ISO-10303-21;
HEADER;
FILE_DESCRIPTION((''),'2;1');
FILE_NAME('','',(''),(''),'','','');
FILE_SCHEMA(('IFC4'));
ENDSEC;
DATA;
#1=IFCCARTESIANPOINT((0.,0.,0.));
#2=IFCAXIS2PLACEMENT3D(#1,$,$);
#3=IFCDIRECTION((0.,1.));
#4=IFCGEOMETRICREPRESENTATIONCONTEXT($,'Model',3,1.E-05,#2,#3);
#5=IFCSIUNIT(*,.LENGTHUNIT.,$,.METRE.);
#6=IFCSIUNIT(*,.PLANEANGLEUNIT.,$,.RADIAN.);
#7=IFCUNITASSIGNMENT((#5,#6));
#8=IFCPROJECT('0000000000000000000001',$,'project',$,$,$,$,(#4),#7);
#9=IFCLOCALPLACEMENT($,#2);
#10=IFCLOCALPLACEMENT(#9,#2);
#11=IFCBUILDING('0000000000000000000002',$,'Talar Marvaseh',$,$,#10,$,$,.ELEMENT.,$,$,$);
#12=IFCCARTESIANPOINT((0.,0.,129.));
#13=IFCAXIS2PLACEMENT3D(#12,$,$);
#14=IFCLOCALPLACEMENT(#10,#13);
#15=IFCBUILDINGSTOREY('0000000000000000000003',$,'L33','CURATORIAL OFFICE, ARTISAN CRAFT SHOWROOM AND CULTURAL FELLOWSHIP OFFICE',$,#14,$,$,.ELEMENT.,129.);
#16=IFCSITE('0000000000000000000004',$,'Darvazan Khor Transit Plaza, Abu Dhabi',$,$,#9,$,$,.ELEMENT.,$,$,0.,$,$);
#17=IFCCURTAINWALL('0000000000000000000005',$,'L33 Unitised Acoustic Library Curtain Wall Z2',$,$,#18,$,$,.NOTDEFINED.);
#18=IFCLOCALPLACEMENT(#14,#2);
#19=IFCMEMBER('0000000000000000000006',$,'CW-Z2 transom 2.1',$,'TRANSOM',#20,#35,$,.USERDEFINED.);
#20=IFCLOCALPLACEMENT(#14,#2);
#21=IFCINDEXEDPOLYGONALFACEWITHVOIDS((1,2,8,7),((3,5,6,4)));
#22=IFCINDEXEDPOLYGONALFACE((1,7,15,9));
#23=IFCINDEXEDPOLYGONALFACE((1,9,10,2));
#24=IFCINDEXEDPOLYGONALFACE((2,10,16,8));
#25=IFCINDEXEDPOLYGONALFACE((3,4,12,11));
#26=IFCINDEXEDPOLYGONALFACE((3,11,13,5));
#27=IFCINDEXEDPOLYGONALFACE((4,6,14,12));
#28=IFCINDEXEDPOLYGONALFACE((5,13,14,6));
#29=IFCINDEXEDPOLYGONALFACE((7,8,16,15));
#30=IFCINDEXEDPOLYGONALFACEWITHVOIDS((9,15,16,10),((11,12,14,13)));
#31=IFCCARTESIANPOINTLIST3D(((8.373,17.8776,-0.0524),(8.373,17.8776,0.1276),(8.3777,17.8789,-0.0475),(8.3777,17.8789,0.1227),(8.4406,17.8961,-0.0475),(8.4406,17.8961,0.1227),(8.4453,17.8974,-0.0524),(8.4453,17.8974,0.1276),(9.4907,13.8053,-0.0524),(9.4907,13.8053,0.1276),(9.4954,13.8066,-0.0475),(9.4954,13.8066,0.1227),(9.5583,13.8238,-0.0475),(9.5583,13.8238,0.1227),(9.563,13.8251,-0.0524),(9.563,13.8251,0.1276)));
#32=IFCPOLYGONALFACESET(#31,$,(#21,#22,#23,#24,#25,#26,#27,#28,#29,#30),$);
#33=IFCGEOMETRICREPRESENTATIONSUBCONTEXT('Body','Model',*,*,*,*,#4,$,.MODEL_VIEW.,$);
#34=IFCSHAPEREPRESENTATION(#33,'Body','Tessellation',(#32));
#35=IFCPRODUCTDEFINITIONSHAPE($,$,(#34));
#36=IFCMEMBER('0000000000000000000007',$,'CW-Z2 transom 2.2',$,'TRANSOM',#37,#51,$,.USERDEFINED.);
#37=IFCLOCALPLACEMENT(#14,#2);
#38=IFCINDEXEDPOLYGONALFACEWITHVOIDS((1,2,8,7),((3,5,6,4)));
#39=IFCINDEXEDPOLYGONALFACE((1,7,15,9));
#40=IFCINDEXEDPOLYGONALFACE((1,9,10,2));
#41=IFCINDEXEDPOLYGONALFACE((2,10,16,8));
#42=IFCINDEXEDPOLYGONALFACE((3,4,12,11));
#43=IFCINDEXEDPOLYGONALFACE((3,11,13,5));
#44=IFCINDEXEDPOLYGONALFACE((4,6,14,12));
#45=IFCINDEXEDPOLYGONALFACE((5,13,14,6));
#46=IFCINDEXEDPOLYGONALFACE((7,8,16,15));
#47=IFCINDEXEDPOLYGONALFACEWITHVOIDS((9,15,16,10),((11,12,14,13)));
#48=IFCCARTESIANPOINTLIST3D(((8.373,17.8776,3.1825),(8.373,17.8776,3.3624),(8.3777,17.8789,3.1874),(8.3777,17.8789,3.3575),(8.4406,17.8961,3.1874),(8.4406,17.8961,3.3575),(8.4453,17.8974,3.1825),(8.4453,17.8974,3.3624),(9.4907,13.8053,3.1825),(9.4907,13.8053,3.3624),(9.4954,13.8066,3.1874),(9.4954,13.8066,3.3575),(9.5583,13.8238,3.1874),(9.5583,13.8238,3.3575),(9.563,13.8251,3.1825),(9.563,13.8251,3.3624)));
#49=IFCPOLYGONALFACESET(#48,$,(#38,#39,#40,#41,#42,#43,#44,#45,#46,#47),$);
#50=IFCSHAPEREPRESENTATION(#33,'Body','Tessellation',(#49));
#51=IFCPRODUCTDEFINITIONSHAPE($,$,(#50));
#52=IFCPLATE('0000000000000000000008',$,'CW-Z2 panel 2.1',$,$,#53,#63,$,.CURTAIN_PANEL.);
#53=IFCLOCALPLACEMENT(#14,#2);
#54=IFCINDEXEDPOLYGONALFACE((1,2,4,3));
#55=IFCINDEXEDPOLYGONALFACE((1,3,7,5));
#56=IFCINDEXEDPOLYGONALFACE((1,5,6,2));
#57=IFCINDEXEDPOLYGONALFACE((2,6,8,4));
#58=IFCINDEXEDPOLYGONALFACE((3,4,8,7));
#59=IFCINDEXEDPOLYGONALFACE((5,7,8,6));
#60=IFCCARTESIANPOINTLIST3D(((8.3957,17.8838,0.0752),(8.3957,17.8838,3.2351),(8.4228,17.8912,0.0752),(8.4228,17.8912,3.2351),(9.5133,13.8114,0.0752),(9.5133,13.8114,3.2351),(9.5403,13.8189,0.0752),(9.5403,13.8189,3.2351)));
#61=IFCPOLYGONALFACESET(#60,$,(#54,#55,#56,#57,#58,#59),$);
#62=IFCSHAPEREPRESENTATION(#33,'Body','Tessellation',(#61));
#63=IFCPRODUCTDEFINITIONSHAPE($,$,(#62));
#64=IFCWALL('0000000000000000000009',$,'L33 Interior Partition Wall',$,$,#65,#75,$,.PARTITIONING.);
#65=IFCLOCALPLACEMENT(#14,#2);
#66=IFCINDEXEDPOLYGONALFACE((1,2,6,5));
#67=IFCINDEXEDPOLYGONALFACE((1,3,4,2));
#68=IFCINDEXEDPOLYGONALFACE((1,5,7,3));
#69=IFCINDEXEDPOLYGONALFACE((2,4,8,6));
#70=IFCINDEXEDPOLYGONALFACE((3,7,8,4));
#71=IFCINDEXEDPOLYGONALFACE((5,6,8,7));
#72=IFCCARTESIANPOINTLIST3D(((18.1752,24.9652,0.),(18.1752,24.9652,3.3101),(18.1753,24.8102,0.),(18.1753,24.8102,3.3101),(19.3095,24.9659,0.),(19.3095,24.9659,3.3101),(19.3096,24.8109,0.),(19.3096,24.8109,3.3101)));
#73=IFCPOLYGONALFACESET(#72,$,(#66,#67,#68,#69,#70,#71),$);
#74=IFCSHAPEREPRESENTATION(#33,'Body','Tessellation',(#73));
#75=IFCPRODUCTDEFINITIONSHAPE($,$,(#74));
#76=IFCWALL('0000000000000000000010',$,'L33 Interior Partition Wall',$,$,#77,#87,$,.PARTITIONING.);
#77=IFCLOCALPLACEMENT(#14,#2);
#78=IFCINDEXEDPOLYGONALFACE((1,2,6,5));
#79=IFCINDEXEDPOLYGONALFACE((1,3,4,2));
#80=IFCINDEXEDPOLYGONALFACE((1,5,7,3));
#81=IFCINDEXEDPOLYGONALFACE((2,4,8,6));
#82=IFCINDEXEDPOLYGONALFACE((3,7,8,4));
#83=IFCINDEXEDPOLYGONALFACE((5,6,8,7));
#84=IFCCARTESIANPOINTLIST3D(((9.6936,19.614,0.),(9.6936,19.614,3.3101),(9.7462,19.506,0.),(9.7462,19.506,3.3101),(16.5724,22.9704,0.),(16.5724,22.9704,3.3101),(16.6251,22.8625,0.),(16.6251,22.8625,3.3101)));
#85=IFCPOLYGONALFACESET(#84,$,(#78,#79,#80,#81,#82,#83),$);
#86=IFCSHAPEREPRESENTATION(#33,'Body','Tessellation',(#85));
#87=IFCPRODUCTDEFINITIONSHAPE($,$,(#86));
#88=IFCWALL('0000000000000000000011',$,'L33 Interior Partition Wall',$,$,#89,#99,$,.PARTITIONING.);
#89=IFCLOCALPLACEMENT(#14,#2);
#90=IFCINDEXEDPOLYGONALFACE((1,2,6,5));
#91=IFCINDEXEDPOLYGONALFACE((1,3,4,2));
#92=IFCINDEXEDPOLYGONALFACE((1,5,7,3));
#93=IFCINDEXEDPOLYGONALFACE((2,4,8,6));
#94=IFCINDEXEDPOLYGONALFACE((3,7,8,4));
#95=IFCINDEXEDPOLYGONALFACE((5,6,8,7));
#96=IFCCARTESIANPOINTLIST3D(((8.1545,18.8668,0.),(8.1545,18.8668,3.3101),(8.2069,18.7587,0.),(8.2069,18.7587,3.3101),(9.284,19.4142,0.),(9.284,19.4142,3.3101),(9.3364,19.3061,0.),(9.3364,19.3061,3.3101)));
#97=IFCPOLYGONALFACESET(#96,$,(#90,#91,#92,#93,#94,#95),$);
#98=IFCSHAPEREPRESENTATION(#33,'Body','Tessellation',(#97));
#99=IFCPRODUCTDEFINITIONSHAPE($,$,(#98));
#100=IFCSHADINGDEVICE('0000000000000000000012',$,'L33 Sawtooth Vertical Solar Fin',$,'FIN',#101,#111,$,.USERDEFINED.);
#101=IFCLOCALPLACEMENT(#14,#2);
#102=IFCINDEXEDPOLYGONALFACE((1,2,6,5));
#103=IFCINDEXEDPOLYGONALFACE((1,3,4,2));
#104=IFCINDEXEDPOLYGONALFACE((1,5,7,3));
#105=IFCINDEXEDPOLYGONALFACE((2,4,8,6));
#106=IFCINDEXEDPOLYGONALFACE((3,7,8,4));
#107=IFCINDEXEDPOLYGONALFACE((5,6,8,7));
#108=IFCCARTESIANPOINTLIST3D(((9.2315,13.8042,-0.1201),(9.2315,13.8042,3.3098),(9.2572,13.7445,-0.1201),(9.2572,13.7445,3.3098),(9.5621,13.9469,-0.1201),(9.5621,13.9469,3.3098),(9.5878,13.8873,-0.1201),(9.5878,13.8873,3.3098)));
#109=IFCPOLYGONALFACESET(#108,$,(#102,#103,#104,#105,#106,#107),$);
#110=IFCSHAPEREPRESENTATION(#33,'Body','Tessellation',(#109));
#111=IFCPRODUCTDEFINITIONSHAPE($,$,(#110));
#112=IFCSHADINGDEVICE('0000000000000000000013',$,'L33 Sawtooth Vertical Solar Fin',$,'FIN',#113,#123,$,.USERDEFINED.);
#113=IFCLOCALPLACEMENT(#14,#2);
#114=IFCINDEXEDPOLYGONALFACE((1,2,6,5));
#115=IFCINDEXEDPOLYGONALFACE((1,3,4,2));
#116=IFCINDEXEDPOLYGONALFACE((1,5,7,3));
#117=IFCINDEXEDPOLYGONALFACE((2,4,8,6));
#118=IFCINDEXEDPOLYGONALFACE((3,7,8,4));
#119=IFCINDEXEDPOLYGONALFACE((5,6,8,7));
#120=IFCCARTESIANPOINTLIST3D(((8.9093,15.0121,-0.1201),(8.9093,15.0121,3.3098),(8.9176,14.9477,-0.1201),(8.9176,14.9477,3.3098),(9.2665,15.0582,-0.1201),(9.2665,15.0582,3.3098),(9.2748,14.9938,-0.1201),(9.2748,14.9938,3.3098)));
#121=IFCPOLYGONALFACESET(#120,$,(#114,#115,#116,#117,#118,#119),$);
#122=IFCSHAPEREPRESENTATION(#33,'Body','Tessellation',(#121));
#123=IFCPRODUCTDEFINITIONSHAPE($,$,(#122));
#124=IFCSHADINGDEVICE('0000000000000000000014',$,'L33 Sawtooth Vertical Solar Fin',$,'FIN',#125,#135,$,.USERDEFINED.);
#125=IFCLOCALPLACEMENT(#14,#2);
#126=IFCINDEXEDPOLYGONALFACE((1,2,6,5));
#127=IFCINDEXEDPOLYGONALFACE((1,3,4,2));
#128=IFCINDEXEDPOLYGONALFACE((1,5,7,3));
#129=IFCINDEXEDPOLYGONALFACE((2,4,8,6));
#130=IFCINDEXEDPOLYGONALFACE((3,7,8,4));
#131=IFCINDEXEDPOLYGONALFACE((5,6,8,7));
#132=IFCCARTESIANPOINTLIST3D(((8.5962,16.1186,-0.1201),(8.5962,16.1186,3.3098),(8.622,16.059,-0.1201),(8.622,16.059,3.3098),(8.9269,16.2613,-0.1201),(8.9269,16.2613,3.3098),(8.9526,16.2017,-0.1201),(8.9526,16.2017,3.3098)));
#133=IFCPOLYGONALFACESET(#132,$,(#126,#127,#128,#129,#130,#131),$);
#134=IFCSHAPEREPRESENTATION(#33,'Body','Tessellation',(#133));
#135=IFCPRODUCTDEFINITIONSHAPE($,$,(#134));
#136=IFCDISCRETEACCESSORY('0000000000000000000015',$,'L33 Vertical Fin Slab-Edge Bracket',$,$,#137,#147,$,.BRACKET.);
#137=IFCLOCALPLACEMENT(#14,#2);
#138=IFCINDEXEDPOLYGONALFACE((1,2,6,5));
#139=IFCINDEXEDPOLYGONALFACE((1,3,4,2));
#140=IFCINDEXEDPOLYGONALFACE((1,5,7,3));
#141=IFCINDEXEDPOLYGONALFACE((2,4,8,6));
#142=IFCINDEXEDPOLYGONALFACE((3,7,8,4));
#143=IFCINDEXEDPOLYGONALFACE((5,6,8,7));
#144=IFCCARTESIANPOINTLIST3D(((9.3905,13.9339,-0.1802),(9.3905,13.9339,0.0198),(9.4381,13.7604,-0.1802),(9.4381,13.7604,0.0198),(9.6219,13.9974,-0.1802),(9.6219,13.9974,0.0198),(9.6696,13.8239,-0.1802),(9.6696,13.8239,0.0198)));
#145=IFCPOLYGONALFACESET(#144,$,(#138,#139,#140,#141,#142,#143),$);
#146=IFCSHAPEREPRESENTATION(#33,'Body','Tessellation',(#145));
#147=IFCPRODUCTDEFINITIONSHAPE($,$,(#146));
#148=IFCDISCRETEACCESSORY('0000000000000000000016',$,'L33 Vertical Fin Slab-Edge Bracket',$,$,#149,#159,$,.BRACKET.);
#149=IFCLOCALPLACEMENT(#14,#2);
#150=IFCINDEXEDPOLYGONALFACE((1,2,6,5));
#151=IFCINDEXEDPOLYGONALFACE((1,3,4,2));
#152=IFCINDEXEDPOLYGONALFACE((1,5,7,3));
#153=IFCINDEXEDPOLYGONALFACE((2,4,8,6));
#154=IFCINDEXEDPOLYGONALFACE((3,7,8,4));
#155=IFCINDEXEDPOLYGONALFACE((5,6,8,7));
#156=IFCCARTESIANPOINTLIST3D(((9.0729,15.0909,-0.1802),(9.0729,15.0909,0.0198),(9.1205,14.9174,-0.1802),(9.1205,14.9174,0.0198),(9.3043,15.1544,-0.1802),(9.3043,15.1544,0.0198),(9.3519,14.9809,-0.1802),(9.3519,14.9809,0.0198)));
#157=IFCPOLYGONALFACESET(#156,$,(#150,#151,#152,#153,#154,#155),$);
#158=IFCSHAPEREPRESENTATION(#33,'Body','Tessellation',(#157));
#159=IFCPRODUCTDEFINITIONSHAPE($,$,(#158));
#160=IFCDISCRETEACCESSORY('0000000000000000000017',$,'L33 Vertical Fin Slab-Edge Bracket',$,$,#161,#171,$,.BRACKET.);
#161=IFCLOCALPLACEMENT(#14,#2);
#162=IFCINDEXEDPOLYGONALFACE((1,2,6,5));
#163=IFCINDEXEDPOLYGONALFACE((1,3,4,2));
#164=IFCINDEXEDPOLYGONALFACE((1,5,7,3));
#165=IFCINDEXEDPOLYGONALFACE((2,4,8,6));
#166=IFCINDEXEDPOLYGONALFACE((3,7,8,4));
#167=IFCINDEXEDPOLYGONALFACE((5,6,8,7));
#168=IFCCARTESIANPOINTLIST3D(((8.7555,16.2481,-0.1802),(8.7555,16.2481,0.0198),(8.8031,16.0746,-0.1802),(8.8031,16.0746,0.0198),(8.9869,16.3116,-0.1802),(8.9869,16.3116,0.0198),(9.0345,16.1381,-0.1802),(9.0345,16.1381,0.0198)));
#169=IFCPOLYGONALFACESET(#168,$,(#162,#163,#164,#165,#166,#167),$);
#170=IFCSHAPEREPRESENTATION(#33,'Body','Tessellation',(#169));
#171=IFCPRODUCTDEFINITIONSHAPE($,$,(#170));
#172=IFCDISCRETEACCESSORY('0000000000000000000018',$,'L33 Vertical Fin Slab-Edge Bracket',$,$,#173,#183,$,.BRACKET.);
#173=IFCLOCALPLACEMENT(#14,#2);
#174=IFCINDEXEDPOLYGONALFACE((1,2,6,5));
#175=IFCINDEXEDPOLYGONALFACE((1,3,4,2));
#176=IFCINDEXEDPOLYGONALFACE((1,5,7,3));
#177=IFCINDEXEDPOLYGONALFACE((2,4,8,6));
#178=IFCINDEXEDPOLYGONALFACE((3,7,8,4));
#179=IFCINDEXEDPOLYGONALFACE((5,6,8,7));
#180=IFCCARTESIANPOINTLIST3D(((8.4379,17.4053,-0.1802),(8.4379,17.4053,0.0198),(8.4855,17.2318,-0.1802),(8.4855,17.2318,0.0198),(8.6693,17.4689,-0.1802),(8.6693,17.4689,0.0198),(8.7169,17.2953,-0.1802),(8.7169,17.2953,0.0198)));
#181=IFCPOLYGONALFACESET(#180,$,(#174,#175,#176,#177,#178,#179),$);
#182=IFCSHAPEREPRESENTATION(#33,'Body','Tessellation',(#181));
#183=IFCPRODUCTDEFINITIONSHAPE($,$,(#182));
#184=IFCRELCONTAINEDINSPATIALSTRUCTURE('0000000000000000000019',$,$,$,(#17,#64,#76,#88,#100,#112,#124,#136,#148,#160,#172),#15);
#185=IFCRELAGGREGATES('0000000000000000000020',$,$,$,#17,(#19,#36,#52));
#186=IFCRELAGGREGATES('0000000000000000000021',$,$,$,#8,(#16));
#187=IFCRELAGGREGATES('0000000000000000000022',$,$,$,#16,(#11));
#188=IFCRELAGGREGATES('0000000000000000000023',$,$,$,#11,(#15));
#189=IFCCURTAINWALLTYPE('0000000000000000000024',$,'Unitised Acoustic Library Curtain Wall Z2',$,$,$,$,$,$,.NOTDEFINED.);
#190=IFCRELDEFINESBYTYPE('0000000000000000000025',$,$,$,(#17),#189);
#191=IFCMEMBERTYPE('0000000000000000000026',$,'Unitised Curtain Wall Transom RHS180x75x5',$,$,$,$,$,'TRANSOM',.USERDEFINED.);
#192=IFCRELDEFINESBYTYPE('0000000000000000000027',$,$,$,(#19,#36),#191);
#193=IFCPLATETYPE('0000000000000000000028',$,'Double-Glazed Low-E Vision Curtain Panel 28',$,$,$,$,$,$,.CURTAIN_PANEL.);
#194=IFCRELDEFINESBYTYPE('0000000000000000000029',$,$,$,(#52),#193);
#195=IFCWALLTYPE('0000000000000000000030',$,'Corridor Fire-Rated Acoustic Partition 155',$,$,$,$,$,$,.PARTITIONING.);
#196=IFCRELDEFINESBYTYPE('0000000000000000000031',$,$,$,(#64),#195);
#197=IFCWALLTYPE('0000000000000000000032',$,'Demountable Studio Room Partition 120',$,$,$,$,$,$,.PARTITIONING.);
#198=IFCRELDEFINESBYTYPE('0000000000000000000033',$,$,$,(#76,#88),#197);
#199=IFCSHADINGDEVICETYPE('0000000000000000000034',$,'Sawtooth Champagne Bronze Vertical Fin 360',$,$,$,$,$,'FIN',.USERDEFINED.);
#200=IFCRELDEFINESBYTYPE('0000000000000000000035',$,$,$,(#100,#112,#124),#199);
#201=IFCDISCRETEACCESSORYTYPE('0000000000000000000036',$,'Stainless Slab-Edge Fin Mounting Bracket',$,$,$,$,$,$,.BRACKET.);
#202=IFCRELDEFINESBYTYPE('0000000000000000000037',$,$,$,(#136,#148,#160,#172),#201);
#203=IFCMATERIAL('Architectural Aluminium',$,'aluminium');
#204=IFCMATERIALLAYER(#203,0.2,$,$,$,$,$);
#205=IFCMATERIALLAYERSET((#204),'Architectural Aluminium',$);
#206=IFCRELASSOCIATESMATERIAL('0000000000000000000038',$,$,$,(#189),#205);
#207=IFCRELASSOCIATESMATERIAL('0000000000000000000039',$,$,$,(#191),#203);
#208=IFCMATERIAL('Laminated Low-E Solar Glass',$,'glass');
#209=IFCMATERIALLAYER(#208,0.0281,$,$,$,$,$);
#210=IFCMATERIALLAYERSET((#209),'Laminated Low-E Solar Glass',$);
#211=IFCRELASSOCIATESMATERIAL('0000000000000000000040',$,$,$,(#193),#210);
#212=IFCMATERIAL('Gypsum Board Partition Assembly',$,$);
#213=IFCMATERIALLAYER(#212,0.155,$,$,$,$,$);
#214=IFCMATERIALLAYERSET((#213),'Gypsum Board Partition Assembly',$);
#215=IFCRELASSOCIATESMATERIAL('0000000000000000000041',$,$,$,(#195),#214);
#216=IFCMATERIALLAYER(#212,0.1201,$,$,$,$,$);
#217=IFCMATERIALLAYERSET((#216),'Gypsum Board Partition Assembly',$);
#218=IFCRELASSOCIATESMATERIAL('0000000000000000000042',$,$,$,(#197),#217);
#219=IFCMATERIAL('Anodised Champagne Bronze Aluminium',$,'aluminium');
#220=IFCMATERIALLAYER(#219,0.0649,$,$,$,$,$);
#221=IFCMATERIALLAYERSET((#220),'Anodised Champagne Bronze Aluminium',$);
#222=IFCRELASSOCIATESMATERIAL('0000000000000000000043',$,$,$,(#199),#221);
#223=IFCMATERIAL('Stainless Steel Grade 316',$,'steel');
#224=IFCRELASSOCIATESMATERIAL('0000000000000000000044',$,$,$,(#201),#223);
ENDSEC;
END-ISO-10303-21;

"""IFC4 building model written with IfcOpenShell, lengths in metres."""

from ifc_helpers import new_model, si_unit, direction, frame, frame_2d, origin, origin_2d, place, context, subcontext, project, spatial, rectangle, hollow_rectangle, extrude, source, transform, mapped, material, layer, layer_set, material_profile, profile_set, type_object, type_shapes, element, aggregate, save


model = new_model("IFC4")

# Units and contexts
model_context = context("Model", 3, precision=1e-05, world=origin(), true_north=direction((0.0, 1.0)))
body_context = subcontext(model_context, "Body", "Model", "MODEL_VIEW")
ifc_project = project(units=[si_unit("LENGTHUNIT", "METRE"), si_unit("PLANEANGLEUNIT", "RADIAN")], contexts=[model_context])

# Site, building, storey
site_placement = place(None, origin())
site = spatial("IfcSite", under=ifc_project, at=site_placement, Name="Darvazan Khor Transit Plaza, Abu Dhabi", CompositionType="ELEMENT", RefElevation=0.0)
building_placement = place(site_placement, origin())
building = spatial("IfcBuilding", under=site, at=building_placement, Name="Talar Marvaseh", CompositionType="ELEMENT")
storey_placement = place(building_placement, frame((0.0, 0.0, 129.0)))
storey = spatial("IfcBuildingStorey", under=building, at=storey_placement, Name="L33", Description="CURATORIAL OFFICE, ARTISAN CRAFT SHOWROOM AND CULTURAL FELLOWSHIP OFFICE", CompositionType="ELEMENT", Elevation=129.0)

# Curtain wall, members, plate
ifc_material_1 = material(Name="Architectural Aluminium", Category="aluminium")
ifc_layer_1 = layer(ifc_material_1, 0.2)
ifc_layer_set_1 = layer_set([ifc_layer_1], Name="Architectural Aluminium")
curtain_wall_type = type_object("IfcCurtainWallType", Name="Unitised Acoustic Library Curtain Wall Z2", PredefinedType="NOTDEFINED", material=ifc_layer_set_1)
curtain_wall_placement = place(storey_placement, origin())
curtain_wall = element("IfcCurtainWall", 1, at=curtain_wall_placement, inside=storey, type_object=curtain_wall_type, Name="L33 Unitised Acoustic Library Curtain Wall Z2", PredefinedType="NOTDEFINED")
ifc_material_profile_1 = material_profile(ifc_material_1, hollow_rectangle(XDim=0.075, YDim=0.1799, WallThickness=0.0049, at=origin_2d()), Name="RHS180x75x5")
ifc_profile_set_1 = profile_set([ifc_material_profile_1], Name="Architectural Aluminium")
member_type_1 = type_object("IfcMemberType", Name="Unitised Curtain Wall Transom RHS180x75x5", ElementType="TRANSOM", PredefinedType="USERDEFINED", material=ifc_profile_set_1)
shared_shape_1 = source(origin(), body_context, "Body", "SweptSolid", [
    extrude(hollow_rectangle(XDim=0.075, YDim=0.1799, WallThickness=0.0049, at=origin_2d()), origin(), (0.0, 0.0, 1.0), 4.2229),
])
type_shapes(member_type_1, [shared_shape_1])
member_1_placement = place(storey_placement, frame((9.5269, 13.8152, 0.0376), z_axis=(-0.264673, 0.964338, 0.0), x_axis=(-0.964338, -0.264673, 0.0)))
member_1 = element("IfcMember", 2, at=member_1_placement, type_object=member_type_1, Name="CW-Z2 transom 2.1", ObjectType="TRANSOM", PredefinedType="USERDEFINED", context=body_context, shape_type="MappedRepresentation", body=[
    mapped(shared_shape_1, transform((0.0, 0.0, 0.0), x_axis=(1.0, 0.0, 0.0), y_axis=(0.0, 1.0, 0.0), z_axis=(0.0, 0.0, 1.0), scale=1.0)),
])
member_2_placement = place(storey_placement, frame((9.5269, 13.8152, 3.2725), z_axis=(-0.264673, 0.964338, 0.0), x_axis=(-0.964338, -0.264673, 0.0)))
member_2 = element("IfcMember", 3, at=member_2_placement, type_object=member_type_1, Name="CW-Z2 transom 2.2", ObjectType="TRANSOM", PredefinedType="USERDEFINED", context=body_context, shape_type="MappedRepresentation", body=[
    mapped(shared_shape_1, transform((0.0, 0.0, 0.0), x_axis=(1.0, 0.0, 0.0), y_axis=(0.0, 1.0, 0.0), z_axis=(0.0, 0.0, 1.0), scale=1.0)),
])
ifc_material_2 = material(Name="Laminated Low-E Solar Glass", Category="glass")
ifc_layer_2 = layer(ifc_material_2, 0.0281)
ifc_layer_set_2 = layer_set([ifc_layer_2], Name="Laminated Low-E Solar Glass")
plate_type = type_object("IfcPlateType", Name="Double-Glazed Low-E Vision Curtain Panel 28", PredefinedType="CURTAIN_PANEL", material=ifc_layer_set_2)
shared_shape_2 = source(origin(), body_context, "Body", "SweptSolid", [
    extrude(rectangle(XDim=4.2229, YDim=0.0281, at=origin_2d()), origin(), (0.0, 0.0, 1.0), 3.1599),
])
type_shapes(plate_type, [shared_shape_2])
plate_placement = place(storey_placement, frame((8.968, 15.8513, 0.0752), z_axis=(0.0, 0.0, 1.0), x_axis=(-0.264647, 0.964345, 0.0)))
plate = element("IfcPlate", 4, at=plate_placement, type_object=plate_type, Name="CW-Z2 panel 2.1", PredefinedType="CURTAIN_PANEL", context=body_context, shape_type="MappedRepresentation", body=[
    mapped(shared_shape_2, transform((0.0, 0.0, 0.0), x_axis=(1.0, 0.0, 0.0), y_axis=(0.0, 1.0, 0.0), z_axis=(0.0, 0.0, 1.0), scale=1.0)),
])
aggregate(curtain_wall, [member_1, member_2, plate])

# Walls
ifc_material_3 = material(Name="Gypsum Board Partition Assembly")
ifc_layer_3 = layer(ifc_material_3, 0.155)
ifc_layer_set_3 = layer_set([ifc_layer_3], Name="Gypsum Board Partition Assembly")
wall_type_1 = type_object("IfcWallType", Name="Corridor Fire-Rated Acoustic Partition 155", PredefinedType="PARTITIONING", material=ifc_layer_set_3)
wall_1_placement = place(storey_placement, frame((18.1753, 24.8877, 0.0), z_axis=(0.0, 0.0, 1.0), x_axis=(1.0, 0.000646, 0.0)))
element("IfcWall", 5, at=wall_1_placement, inside=storey, type_object=wall_type_1, Name="L33 Interior Partition Wall", PredefinedType="PARTITIONING", context=body_context, shape_type="SweptSolid", body=[
    extrude(rectangle(XDim=1.1343, YDim=0.155, at=frame_2d((0.5671, 0.0))), origin(), (0.0, 0.0, 1.0), 3.3101),
])
ifc_layer_4 = layer(ifc_material_3, 0.1201)
ifc_layer_set_4 = layer_set([ifc_layer_4], Name="Gypsum Board Partition Assembly")
wall_type_2 = type_object("IfcWallType", Name="Demountable Studio Room Partition 120", PredefinedType="PARTITIONING", material=ifc_layer_set_4)
wall_2_placement = place(storey_placement, frame((16.5989, 22.9165, 0.0), z_axis=(0.0, 0.0, 1.0), x_axis=(-0.898723, -0.438517, 0.0)))
element("IfcWall", 6, at=wall_2_placement, inside=storey, type_object=wall_type_2, Name="L33 Interior Partition Wall", PredefinedType="PARTITIONING", context=body_context, shape_type="SweptSolid", body=[
    extrude(rectangle(XDim=7.6541, YDim=0.1201, at=frame_2d((3.8271, 0.0))), origin(), (0.0, 0.0, 1.0), 3.3101),
])
wall_3_placement = place(storey_placement, frame((9.3101, 19.3601, 0.0), z_axis=(0.0, 0.0, 1.0), x_axis=(-0.899884, -0.43613, 0.0)))
element("IfcWall", 7, at=wall_3_placement, inside=storey, type_object=wall_type_2, Name="L33 Interior Partition Wall", PredefinedType="PARTITIONING", context=body_context, shape_type="SweptSolid", body=[
    extrude(rectangle(XDim=1.2551, YDim=0.1201, at=frame_2d((0.6274, 0.0))), origin(), (0.0, 0.0, 1.0), 3.3101),
])

# Shading devices
ifc_material_4 = material(Name="Anodised Champagne Bronze Aluminium", Category="aluminium")
ifc_layer_5 = layer(ifc_material_4, 0.0649)
ifc_layer_set_5 = layer_set([ifc_layer_5], Name="Anodised Champagne Bronze Aluminium")
shading_device_type = type_object("IfcShadingDeviceType", Name="Sawtooth Champagne Bronze Vertical Fin 360", ElementType="FIN", PredefinedType="USERDEFINED", material=ifc_layer_set_5)
shared_shape_3 = source(origin(), body_context, "Body", "SweptSolid", [
    extrude(rectangle(XDim=0.3601, YDim=0.0649, at=origin_2d()), origin(), (0.0, 0.0, 1.0), 3.4299),
])
type_shapes(shading_device_type, [shared_shape_3])
for number, where, z_axis, x_axis, name in (
    (8, (9.4097, 13.8457, -0.1201), (0.0, 0.0, 1.0), (-0.918101, -0.396347, 0.0), "L33 Sawtooth Vertical Solar Fin"),
    (9, (9.092, 15.0029, -0.1201), (0.0, 0.0, 1.0), (-0.991783, -0.12793, 0.0), "L33 Sawtooth Vertical Solar Fin"),
    (10, (8.7744, 16.1602, -0.1201), (0.0, 0.0, 1.0), (-0.918101, -0.396347, 0.0), "L33 Sawtooth Vertical Solar Fin"),
):
    element("IfcShadingDevice", number, at=place(storey_placement, frame(where, z_axis=z_axis, x_axis=x_axis)), inside=storey, type_object=shading_device_type, Name=name, ObjectType="FIN", PredefinedType="USERDEFINED", context=body_context, shape_type="MappedRepresentation", body=[
        mapped(shared_shape_3, transform((0.0, 0.0, 0.0), x_axis=(1.0, 0.0, 0.0), y_axis=(0.0, 1.0, 0.0), z_axis=(0.0, 0.0, 1.0), scale=1.0)),
    ])

# Discrete accessories
ifc_material_5 = material(Name="Stainless Steel Grade 316", Category="steel")
discrete_accessory_type = type_object("IfcDiscreteAccessoryType", Name="Stainless Slab-Edge Fin Mounting Bracket", PredefinedType="BRACKET", material=ifc_material_5)
shared_shape_4 = source(origin(), body_context, "Body", "SweptSolid", [
    extrude(rectangle(XDim=0.24, YDim=0.1799, at=origin_2d()), origin(), (0.0, 0.0, 1.0), 0.2),
])
type_shapes(discrete_accessory_type, [shared_shape_4])
for number, where, z_axis, x_axis, name in (
    (11, (9.53, 13.8789, -0.1802), (0.0, 0.0, 1.0), (-0.964327, -0.264715, 0.0), "L33 Vertical Fin Slab-Edge Bracket"),
    (12, (9.2124, 15.0359, -0.1802), (0.0, 0.0, 1.0), (-0.964327, -0.264715, 0.0), "L33 Vertical Fin Slab-Edge Bracket"),
    (13, (8.895, 16.1931, -0.1802), (0.0, 0.0, 1.0), (-0.964327, -0.264715, 0.0), "L33 Vertical Fin Slab-Edge Bracket"),
    (14, (8.5774, 17.3503, -0.1802), (0.0, 0.0, 1.0), (-0.964327, -0.264715, 0.0), "L33 Vertical Fin Slab-Edge Bracket"),
):
    element("IfcDiscreteAccessory", number, at=place(storey_placement, frame(where, z_axis=z_axis, x_axis=x_axis)), inside=storey, type_object=discrete_accessory_type, Name=name, PredefinedType="BRACKET", context=body_context, shape_type="MappedRepresentation", body=[
        mapped(shared_shape_4, transform((0.0, 0.0, 0.0), x_axis=(1.0, 0.0, 0.0), y_axis=(0.0, 1.0, 0.0), z_axis=(0.0, 0.0, 1.0), scale=1.0)),
    ])

save(model, "model.ifc")
